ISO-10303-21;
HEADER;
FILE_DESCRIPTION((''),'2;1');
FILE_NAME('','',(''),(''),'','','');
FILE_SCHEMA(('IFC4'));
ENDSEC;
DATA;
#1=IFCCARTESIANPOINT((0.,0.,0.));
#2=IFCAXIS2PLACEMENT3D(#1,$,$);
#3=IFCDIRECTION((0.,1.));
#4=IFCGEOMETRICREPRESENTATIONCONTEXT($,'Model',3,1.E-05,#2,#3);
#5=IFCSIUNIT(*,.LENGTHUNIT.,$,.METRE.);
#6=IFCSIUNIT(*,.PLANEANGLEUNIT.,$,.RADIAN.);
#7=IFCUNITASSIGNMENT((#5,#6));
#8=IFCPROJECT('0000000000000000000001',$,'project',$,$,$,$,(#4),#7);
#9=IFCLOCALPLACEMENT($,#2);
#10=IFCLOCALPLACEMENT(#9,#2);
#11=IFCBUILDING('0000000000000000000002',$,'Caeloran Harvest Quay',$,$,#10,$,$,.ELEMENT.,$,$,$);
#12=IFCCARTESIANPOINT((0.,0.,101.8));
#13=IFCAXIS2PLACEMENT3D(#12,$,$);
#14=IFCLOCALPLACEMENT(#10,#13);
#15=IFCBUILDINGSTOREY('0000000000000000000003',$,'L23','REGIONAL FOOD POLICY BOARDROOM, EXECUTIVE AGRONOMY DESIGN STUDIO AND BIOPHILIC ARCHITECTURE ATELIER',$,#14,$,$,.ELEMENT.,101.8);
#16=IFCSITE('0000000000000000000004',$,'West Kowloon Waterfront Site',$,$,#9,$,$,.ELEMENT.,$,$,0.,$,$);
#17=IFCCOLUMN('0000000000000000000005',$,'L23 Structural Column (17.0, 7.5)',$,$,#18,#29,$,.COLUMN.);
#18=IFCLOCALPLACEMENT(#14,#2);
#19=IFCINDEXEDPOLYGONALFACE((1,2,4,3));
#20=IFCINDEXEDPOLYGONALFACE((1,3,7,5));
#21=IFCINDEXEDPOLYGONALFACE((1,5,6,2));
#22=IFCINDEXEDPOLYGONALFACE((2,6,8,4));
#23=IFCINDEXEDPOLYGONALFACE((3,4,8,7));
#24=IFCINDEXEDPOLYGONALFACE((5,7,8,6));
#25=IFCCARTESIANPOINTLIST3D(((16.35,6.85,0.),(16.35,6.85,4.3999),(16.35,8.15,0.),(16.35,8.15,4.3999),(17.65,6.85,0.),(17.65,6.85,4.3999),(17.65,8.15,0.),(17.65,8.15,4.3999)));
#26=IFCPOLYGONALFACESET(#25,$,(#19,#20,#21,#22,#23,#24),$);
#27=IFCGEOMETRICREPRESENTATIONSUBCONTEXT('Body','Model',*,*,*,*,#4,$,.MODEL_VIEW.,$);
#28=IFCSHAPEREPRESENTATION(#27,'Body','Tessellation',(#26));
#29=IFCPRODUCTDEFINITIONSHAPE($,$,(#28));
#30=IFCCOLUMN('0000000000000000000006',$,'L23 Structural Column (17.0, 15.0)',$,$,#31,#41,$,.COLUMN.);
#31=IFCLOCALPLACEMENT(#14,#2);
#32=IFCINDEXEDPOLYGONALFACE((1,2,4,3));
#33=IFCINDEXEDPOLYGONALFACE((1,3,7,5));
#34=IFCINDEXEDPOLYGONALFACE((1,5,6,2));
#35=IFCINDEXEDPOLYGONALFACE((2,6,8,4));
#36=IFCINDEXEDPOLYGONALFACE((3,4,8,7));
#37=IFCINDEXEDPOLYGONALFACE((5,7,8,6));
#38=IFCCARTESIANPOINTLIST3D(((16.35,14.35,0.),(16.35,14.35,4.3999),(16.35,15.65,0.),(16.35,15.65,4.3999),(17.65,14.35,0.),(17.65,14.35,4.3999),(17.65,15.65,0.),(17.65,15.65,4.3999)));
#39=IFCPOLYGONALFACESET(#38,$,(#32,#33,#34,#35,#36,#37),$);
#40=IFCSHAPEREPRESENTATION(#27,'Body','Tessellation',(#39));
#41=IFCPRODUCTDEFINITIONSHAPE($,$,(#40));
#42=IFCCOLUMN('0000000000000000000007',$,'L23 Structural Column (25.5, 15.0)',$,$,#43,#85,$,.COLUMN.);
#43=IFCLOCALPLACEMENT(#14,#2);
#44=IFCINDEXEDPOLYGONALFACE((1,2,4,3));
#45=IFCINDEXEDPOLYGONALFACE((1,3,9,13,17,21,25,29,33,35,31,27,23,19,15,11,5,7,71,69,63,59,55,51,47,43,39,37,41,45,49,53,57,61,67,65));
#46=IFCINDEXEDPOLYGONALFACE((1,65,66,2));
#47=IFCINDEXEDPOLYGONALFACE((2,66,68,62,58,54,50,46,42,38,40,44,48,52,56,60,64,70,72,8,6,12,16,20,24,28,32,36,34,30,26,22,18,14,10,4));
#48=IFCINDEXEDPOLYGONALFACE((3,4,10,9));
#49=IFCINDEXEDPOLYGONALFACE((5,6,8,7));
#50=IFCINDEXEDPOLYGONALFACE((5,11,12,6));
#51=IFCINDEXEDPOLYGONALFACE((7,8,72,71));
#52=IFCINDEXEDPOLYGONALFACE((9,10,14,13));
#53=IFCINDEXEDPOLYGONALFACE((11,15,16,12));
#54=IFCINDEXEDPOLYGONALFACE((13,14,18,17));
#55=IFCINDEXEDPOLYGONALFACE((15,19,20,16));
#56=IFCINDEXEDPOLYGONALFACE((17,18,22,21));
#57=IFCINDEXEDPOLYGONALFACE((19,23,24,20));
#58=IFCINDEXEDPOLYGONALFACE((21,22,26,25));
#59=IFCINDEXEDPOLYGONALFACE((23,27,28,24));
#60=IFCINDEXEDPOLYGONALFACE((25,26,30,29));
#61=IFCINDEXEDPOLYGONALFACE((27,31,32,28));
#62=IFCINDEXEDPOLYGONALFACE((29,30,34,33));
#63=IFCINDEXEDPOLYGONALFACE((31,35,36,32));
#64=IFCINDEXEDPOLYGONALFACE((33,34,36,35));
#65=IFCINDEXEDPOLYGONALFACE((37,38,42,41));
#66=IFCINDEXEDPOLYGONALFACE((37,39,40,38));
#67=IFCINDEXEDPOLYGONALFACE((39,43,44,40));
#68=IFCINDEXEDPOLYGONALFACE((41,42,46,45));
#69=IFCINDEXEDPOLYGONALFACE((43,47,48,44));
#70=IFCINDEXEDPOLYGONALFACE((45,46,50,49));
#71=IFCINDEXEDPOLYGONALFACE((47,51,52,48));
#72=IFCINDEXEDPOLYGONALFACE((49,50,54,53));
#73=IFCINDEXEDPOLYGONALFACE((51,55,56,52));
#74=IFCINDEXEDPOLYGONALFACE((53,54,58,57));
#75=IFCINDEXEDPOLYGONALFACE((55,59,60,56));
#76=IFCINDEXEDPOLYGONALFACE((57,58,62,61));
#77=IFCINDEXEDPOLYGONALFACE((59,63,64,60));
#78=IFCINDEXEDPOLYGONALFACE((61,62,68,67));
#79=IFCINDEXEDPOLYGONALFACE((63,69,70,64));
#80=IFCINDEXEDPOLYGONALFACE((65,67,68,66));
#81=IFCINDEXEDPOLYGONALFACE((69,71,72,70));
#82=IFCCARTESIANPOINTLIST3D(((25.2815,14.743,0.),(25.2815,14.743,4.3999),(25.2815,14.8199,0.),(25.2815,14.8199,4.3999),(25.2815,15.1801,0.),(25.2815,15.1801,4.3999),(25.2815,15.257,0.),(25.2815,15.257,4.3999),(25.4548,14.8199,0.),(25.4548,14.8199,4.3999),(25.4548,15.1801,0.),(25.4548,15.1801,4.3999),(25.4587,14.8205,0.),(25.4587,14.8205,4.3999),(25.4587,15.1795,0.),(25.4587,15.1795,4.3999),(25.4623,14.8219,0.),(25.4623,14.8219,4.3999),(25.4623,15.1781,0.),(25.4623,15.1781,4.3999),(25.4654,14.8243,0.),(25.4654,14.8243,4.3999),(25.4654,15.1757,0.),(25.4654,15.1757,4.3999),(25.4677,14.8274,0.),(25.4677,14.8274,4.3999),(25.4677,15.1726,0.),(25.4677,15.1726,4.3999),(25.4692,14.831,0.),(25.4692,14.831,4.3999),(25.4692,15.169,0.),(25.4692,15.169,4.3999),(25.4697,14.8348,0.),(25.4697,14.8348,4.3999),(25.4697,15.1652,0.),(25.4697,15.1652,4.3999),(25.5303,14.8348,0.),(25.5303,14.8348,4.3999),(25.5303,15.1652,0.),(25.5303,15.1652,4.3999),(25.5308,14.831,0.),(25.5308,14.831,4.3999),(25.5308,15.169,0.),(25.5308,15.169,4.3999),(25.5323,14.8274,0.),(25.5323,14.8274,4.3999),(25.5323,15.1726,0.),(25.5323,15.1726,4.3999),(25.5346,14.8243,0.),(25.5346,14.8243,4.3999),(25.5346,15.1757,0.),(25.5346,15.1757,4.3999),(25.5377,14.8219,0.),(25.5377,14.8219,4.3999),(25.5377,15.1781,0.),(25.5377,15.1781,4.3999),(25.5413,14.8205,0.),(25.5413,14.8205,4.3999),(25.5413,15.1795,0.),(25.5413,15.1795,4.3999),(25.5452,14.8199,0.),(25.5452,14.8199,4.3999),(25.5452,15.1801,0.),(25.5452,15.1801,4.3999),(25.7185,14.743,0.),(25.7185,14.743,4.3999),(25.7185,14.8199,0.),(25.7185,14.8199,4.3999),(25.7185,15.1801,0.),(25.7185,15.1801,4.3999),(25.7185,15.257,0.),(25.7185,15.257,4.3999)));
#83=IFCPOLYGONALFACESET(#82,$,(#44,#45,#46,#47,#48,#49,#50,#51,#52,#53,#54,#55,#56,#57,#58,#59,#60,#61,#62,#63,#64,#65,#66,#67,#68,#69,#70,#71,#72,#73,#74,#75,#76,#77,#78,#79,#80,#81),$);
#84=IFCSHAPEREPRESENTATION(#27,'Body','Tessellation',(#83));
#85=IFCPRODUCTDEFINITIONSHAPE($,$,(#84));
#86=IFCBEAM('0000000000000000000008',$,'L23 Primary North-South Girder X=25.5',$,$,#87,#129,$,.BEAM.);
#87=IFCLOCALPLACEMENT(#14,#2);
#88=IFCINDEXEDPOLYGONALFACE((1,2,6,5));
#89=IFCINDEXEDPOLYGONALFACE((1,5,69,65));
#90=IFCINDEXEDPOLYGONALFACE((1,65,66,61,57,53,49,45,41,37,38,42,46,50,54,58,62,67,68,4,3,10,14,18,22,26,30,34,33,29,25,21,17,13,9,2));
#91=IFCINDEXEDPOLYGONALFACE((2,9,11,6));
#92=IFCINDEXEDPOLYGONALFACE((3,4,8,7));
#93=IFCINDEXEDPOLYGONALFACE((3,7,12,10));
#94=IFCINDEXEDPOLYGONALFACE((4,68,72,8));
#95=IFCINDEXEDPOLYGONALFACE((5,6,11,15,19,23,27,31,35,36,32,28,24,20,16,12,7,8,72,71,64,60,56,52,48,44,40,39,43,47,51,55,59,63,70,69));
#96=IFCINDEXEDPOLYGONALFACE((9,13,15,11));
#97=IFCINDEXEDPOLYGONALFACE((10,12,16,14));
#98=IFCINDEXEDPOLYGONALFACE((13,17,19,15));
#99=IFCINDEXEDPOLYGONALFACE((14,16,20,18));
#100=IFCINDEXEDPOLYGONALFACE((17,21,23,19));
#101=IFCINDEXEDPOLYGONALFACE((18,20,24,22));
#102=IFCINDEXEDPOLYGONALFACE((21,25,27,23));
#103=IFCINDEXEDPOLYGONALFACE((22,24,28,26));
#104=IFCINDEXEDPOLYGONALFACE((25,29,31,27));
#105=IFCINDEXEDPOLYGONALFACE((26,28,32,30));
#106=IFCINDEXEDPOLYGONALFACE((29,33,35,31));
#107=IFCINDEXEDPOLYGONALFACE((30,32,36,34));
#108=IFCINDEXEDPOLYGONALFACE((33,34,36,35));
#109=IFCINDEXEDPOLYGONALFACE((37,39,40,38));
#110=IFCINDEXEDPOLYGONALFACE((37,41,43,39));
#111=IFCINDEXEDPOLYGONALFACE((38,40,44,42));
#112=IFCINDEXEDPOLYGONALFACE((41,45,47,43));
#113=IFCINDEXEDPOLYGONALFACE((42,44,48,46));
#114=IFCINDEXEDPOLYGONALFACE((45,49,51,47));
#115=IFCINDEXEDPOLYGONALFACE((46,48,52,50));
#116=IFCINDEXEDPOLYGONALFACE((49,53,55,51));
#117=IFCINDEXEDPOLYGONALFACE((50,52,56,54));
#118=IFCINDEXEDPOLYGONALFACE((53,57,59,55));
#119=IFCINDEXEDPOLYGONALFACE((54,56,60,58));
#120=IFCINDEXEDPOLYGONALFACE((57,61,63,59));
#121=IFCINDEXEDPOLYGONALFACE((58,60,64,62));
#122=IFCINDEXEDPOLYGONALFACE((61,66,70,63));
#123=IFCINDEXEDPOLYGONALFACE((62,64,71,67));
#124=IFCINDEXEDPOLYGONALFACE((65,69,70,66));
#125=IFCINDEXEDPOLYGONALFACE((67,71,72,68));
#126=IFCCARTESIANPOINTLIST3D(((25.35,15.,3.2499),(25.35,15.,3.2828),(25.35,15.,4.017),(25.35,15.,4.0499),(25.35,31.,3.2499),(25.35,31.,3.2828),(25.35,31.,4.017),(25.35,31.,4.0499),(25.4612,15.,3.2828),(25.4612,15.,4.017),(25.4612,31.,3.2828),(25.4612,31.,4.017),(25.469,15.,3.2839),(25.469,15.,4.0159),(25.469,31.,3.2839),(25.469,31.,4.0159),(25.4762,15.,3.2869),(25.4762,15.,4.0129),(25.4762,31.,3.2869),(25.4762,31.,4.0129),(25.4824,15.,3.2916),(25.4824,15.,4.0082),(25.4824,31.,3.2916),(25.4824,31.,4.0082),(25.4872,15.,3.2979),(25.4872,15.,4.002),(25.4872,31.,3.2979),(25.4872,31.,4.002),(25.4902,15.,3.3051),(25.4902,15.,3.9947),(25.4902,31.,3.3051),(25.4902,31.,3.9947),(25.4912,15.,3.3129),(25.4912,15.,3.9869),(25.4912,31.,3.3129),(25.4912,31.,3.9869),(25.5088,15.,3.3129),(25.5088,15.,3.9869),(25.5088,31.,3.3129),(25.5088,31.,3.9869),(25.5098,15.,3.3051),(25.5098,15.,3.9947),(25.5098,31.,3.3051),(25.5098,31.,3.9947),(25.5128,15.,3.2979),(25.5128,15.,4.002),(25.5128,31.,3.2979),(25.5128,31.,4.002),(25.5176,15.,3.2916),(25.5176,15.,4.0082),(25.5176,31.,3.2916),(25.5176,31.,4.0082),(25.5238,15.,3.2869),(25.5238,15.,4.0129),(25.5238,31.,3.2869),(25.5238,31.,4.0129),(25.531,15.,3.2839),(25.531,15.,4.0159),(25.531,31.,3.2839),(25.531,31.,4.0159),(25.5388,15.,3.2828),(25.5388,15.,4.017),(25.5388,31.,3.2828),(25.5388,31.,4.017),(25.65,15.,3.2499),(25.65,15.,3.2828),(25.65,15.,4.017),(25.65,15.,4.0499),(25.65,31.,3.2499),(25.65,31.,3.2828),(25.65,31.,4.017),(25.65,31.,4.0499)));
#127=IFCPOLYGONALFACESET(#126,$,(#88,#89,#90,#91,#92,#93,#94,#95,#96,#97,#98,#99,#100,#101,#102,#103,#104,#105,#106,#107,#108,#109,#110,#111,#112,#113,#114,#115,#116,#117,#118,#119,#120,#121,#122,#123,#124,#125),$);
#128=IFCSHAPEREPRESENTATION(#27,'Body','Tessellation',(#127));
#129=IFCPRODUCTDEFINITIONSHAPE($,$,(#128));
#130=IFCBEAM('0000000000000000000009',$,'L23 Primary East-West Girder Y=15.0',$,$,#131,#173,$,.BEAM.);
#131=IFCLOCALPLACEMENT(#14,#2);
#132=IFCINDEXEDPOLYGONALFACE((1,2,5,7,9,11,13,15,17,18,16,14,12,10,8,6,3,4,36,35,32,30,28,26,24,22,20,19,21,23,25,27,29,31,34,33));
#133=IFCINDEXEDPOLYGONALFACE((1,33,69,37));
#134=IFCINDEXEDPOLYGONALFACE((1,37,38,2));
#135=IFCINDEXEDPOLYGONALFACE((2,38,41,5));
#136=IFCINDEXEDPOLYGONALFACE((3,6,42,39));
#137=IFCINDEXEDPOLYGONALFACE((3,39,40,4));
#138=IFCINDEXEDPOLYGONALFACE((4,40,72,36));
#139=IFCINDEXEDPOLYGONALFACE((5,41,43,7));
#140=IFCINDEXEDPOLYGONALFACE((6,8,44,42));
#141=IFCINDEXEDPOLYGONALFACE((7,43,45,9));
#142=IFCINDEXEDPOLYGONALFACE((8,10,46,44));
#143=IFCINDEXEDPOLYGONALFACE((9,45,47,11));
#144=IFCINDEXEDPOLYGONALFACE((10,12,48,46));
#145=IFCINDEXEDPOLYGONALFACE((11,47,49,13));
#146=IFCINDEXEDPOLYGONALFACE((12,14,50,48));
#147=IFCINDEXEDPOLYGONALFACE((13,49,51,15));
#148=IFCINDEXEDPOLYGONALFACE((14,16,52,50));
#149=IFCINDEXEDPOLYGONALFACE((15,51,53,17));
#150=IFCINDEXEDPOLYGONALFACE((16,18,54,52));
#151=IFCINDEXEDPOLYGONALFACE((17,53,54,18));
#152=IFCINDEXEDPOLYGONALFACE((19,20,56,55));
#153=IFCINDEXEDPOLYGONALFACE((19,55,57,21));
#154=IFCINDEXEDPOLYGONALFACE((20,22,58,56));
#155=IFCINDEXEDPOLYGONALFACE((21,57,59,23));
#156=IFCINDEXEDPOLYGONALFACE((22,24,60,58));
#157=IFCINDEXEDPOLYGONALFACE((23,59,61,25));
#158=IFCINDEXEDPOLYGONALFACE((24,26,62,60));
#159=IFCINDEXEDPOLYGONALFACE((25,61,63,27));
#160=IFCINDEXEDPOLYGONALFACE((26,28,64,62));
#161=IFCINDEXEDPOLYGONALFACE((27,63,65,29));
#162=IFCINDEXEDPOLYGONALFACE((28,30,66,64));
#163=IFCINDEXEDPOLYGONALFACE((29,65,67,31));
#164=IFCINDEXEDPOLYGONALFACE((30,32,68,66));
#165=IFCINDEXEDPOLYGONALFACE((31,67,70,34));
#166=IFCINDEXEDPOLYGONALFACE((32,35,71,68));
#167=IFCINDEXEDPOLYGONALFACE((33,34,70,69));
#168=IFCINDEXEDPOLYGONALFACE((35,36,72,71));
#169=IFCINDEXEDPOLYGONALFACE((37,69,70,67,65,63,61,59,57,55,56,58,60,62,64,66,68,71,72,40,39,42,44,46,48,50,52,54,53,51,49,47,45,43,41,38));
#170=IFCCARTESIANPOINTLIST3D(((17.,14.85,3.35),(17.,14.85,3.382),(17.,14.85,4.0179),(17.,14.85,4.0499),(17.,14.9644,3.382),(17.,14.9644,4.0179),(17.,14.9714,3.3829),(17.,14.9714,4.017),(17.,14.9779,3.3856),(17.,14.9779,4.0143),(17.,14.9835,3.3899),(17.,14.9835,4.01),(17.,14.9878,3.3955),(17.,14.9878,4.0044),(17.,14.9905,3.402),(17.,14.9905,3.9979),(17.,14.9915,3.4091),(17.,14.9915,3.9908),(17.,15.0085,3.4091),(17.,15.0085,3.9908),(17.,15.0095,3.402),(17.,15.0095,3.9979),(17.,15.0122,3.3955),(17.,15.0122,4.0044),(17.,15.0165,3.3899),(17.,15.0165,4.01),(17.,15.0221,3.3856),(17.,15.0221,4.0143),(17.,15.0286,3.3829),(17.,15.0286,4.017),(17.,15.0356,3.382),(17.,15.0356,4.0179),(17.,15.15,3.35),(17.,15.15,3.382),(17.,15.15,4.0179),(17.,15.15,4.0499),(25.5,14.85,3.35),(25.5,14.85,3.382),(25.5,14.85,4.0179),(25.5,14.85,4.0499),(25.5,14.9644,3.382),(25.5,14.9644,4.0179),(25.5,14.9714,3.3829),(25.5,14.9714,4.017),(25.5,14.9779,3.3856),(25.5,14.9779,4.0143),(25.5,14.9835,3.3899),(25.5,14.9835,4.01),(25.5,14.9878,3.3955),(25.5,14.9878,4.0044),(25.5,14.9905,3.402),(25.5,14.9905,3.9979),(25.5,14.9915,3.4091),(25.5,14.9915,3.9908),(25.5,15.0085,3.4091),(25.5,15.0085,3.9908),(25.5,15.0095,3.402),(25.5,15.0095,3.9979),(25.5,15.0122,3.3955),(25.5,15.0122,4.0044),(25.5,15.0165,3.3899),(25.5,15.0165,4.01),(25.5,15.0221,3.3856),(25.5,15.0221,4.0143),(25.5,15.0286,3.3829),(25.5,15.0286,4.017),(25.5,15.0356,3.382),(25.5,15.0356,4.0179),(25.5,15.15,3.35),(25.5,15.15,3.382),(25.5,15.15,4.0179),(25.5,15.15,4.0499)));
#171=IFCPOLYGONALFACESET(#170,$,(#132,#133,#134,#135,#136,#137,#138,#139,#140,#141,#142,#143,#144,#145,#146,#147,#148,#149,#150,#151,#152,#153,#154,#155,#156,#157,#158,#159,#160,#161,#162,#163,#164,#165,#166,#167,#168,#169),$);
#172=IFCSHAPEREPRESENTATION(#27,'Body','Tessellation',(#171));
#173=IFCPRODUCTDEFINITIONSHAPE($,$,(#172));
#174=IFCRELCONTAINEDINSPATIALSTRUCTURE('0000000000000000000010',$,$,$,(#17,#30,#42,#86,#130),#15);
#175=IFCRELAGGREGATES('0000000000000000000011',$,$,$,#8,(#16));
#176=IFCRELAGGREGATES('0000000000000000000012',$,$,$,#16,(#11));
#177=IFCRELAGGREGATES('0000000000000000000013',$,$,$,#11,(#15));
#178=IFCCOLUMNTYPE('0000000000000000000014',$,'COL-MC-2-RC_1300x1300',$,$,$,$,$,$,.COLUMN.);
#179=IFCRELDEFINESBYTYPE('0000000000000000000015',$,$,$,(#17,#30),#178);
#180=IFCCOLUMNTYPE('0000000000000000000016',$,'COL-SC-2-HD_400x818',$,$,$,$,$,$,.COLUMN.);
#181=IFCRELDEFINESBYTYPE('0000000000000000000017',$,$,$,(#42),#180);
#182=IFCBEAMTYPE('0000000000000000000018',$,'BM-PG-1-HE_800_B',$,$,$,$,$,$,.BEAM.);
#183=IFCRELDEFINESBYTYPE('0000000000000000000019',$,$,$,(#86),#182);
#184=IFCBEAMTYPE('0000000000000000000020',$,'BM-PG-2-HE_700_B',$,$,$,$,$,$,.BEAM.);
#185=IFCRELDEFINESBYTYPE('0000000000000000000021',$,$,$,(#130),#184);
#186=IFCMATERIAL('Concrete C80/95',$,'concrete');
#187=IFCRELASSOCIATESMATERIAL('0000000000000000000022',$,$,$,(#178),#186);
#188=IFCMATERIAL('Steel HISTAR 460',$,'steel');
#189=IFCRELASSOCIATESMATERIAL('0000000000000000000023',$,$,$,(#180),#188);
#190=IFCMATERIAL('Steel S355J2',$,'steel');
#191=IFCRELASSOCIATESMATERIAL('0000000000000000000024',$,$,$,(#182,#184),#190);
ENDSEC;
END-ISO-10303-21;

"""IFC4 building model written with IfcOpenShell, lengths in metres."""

from ifc_helpers import new_model, si_unit, direction, frame, origin, origin_2d, place, context, subcontext, project, spatial, rectangle, i_section, extrude, material, material_profile, profile_set, type_object, element, save


model = new_model("IFC4")

# Units and contexts
model_context = context("Model", 3, precision=1e-05, world=origin(), true_north=direction((0.0, 1.0)))
body_context = subcontext(model_context, "Body", "Model", "MODEL_VIEW")
ifc_project = project(units=[si_unit("LENGTHUNIT", "METRE"), si_unit("PLANEANGLEUNIT", "RADIAN")], contexts=[model_context])

# Site, building, storey
site_placement = place(None, origin())
site = spatial("IfcSite", under=ifc_project, at=site_placement, Name="West Kowloon Waterfront Site", CompositionType="ELEMENT", RefElevation=0.0)
building_placement = place(site_placement, origin())
building = spatial("IfcBuilding", under=site, at=building_placement, Name="Caeloran Harvest Quay", CompositionType="ELEMENT")
storey_placement = place(building_placement, frame((0.0, 0.0, 101.8)))
storey = spatial("IfcBuildingStorey", under=building, at=storey_placement, Name="L23", Description="REGIONAL FOOD POLICY BOARDROOM, EXECUTIVE AGRONOMY DESIGN STUDIO AND BIOPHILIC ARCHITECTURE ATELIER", CompositionType="ELEMENT", Elevation=101.8)

# Columns
ifc_material_1 = material(Name="Concrete C80/95", Category="concrete")
ifc_material_profile_1 = material_profile(ifc_material_1, rectangle(XDim=1.3, YDim=1.3, at=origin_2d()), Name="RC 1300x1300")
ifc_profile_set_1 = profile_set([ifc_material_profile_1], Name="Concrete C80/95")
column_type_1 = type_object("IfcColumnType", Name="COL-MC-2-RC_1300x1300", PredefinedType="COLUMN", material=ifc_profile_set_1)
for number, where, z_axis, x_axis, name in (
    (1, (17.0, 7.5, 0.0), (0.0, 0.0, 1.0), (1.0, 0.0, 0.0), "L23 Structural Column (17.0, 7.5)"),
    (2, (17.0, 15.0, 0.0), (0.0, 0.0, 1.0), (1.0, 0.0, 0.0), "L23 Structural Column (17.0, 15.0)"),
):
    element("IfcColumn", number, at=place(storey_placement, frame(where, z_axis=z_axis, x_axis=x_axis)), inside=storey, type_object=column_type_1, Name=name, PredefinedType="COLUMN", context=body_context, shape_type="SweptSolid", body=[
        extrude(rectangle(XDim=1.3, YDim=1.3, at=origin_2d()), origin(), (0.0, 0.0, 1.0), 4.3999),
    ])
ifc_material_2 = material(Name="Steel HISTAR 460", Category="steel")
ifc_material_profile_2 = material_profile(ifc_material_2, i_section(OverallWidth=0.437, OverallDepth=0.5139, WebThickness=0.0605, FlangeThickness=0.0769, FilletRadius=0.0149, at=origin_2d()), Name="HD 400x818")
ifc_profile_set_2 = profile_set([ifc_material_profile_2], Name="Steel HISTAR 460")
column_type_2 = type_object("IfcColumnType", Name="COL-SC-2-HD_400x818", PredefinedType="COLUMN", material=ifc_profile_set_2)
column_placement = place(storey_placement, frame((25.5, 15.0, 0.0), z_axis=(0.0, 0.0, 1.0), x_axis=(1.0, 0.0, 0.0)))
element("IfcColumn", 3, at=column_placement, inside=storey, type_object=column_type_2, Name="L23 Structural Column (25.5, 15.0)", PredefinedType="COLUMN", context=body_context, shape_type="SweptSolid", body=[
    extrude(i_section(OverallWidth=0.437, OverallDepth=0.5139, WebThickness=0.0605, FlangeThickness=0.0769, FilletRadius=0.0149, at=origin_2d()), origin(), (0.0, 0.0, 1.0), 4.3999),
])

# Beams
ifc_material_3 = material(Name="Steel S355J2", Category="steel")
ifc_material_profile_3 = material_profile(ifc_material_3, i_section(OverallWidth=0.3, OverallDepth=0.8, WebThickness=0.0176, FlangeThickness=0.033, FilletRadius=0.03, at=origin_2d()), Name="HE 800 B")
ifc_profile_set_3 = profile_set([ifc_material_profile_3], Name="Steel S355J2")
beam_type_1 = type_object("IfcBeamType", Name="BM-PG-1-HE_800_B", PredefinedType="BEAM", material=ifc_profile_set_3)
beam_1_placement = place(storey_placement, frame((25.5, 15.0, 3.6499), z_axis=(0.0, 1.0, 0.0), x_axis=(-1.0, 0.0, 0.0)))
element("IfcBeam", 4, at=beam_1_placement, inside=storey, type_object=beam_type_1, Name="L23 Primary North-South Girder X=25.5", PredefinedType="BEAM", context=body_context, shape_type="SweptSolid", body=[
    extrude(i_section(OverallWidth=0.3, OverallDepth=0.8, WebThickness=0.0176, FlangeThickness=0.033, FilletRadius=0.03, at=origin_2d()), origin(), (0.0, 0.0, 1.0), 16.0),
])
ifc_material_profile_4 = material_profile(ifc_material_3, i_section(OverallWidth=0.3, OverallDepth=0.7, WebThickness=0.0171, FlangeThickness=0.032, FilletRadius=0.0271, at=origin_2d()), Name="HE 700 B")
ifc_profile_set_4 = profile_set([ifc_material_profile_4], Name="Steel S355J2")
beam_type_2 = type_object("IfcBeamType", Name="BM-PG-2-HE_700_B", PredefinedType="BEAM", material=ifc_profile_set_4)
for number, where, z_axis, x_axis, name in (
    (5, (17.0, 15.0, 3.7), (1.0, 0.0, 0.0), (0.0, 1.0, 0.0), "L23 Primary East-West Girder Y=15.0"),
):
    element("IfcBeam", number, at=place(storey_placement, frame(where, z_axis=z_axis, x_axis=x_axis)), inside=storey, type_object=beam_type_2, Name=name, PredefinedType="BEAM", context=body_context, shape_type="SweptSolid", body=[
        extrude(i_section(OverallWidth=0.3, OverallDepth=0.7, WebThickness=0.0171, FlangeThickness=0.032, FilletRadius=0.0271, at=origin_2d()), origin(), (0.0, 0.0, 1.0), 8.5),
    ])

save(model, "model.ifc")
